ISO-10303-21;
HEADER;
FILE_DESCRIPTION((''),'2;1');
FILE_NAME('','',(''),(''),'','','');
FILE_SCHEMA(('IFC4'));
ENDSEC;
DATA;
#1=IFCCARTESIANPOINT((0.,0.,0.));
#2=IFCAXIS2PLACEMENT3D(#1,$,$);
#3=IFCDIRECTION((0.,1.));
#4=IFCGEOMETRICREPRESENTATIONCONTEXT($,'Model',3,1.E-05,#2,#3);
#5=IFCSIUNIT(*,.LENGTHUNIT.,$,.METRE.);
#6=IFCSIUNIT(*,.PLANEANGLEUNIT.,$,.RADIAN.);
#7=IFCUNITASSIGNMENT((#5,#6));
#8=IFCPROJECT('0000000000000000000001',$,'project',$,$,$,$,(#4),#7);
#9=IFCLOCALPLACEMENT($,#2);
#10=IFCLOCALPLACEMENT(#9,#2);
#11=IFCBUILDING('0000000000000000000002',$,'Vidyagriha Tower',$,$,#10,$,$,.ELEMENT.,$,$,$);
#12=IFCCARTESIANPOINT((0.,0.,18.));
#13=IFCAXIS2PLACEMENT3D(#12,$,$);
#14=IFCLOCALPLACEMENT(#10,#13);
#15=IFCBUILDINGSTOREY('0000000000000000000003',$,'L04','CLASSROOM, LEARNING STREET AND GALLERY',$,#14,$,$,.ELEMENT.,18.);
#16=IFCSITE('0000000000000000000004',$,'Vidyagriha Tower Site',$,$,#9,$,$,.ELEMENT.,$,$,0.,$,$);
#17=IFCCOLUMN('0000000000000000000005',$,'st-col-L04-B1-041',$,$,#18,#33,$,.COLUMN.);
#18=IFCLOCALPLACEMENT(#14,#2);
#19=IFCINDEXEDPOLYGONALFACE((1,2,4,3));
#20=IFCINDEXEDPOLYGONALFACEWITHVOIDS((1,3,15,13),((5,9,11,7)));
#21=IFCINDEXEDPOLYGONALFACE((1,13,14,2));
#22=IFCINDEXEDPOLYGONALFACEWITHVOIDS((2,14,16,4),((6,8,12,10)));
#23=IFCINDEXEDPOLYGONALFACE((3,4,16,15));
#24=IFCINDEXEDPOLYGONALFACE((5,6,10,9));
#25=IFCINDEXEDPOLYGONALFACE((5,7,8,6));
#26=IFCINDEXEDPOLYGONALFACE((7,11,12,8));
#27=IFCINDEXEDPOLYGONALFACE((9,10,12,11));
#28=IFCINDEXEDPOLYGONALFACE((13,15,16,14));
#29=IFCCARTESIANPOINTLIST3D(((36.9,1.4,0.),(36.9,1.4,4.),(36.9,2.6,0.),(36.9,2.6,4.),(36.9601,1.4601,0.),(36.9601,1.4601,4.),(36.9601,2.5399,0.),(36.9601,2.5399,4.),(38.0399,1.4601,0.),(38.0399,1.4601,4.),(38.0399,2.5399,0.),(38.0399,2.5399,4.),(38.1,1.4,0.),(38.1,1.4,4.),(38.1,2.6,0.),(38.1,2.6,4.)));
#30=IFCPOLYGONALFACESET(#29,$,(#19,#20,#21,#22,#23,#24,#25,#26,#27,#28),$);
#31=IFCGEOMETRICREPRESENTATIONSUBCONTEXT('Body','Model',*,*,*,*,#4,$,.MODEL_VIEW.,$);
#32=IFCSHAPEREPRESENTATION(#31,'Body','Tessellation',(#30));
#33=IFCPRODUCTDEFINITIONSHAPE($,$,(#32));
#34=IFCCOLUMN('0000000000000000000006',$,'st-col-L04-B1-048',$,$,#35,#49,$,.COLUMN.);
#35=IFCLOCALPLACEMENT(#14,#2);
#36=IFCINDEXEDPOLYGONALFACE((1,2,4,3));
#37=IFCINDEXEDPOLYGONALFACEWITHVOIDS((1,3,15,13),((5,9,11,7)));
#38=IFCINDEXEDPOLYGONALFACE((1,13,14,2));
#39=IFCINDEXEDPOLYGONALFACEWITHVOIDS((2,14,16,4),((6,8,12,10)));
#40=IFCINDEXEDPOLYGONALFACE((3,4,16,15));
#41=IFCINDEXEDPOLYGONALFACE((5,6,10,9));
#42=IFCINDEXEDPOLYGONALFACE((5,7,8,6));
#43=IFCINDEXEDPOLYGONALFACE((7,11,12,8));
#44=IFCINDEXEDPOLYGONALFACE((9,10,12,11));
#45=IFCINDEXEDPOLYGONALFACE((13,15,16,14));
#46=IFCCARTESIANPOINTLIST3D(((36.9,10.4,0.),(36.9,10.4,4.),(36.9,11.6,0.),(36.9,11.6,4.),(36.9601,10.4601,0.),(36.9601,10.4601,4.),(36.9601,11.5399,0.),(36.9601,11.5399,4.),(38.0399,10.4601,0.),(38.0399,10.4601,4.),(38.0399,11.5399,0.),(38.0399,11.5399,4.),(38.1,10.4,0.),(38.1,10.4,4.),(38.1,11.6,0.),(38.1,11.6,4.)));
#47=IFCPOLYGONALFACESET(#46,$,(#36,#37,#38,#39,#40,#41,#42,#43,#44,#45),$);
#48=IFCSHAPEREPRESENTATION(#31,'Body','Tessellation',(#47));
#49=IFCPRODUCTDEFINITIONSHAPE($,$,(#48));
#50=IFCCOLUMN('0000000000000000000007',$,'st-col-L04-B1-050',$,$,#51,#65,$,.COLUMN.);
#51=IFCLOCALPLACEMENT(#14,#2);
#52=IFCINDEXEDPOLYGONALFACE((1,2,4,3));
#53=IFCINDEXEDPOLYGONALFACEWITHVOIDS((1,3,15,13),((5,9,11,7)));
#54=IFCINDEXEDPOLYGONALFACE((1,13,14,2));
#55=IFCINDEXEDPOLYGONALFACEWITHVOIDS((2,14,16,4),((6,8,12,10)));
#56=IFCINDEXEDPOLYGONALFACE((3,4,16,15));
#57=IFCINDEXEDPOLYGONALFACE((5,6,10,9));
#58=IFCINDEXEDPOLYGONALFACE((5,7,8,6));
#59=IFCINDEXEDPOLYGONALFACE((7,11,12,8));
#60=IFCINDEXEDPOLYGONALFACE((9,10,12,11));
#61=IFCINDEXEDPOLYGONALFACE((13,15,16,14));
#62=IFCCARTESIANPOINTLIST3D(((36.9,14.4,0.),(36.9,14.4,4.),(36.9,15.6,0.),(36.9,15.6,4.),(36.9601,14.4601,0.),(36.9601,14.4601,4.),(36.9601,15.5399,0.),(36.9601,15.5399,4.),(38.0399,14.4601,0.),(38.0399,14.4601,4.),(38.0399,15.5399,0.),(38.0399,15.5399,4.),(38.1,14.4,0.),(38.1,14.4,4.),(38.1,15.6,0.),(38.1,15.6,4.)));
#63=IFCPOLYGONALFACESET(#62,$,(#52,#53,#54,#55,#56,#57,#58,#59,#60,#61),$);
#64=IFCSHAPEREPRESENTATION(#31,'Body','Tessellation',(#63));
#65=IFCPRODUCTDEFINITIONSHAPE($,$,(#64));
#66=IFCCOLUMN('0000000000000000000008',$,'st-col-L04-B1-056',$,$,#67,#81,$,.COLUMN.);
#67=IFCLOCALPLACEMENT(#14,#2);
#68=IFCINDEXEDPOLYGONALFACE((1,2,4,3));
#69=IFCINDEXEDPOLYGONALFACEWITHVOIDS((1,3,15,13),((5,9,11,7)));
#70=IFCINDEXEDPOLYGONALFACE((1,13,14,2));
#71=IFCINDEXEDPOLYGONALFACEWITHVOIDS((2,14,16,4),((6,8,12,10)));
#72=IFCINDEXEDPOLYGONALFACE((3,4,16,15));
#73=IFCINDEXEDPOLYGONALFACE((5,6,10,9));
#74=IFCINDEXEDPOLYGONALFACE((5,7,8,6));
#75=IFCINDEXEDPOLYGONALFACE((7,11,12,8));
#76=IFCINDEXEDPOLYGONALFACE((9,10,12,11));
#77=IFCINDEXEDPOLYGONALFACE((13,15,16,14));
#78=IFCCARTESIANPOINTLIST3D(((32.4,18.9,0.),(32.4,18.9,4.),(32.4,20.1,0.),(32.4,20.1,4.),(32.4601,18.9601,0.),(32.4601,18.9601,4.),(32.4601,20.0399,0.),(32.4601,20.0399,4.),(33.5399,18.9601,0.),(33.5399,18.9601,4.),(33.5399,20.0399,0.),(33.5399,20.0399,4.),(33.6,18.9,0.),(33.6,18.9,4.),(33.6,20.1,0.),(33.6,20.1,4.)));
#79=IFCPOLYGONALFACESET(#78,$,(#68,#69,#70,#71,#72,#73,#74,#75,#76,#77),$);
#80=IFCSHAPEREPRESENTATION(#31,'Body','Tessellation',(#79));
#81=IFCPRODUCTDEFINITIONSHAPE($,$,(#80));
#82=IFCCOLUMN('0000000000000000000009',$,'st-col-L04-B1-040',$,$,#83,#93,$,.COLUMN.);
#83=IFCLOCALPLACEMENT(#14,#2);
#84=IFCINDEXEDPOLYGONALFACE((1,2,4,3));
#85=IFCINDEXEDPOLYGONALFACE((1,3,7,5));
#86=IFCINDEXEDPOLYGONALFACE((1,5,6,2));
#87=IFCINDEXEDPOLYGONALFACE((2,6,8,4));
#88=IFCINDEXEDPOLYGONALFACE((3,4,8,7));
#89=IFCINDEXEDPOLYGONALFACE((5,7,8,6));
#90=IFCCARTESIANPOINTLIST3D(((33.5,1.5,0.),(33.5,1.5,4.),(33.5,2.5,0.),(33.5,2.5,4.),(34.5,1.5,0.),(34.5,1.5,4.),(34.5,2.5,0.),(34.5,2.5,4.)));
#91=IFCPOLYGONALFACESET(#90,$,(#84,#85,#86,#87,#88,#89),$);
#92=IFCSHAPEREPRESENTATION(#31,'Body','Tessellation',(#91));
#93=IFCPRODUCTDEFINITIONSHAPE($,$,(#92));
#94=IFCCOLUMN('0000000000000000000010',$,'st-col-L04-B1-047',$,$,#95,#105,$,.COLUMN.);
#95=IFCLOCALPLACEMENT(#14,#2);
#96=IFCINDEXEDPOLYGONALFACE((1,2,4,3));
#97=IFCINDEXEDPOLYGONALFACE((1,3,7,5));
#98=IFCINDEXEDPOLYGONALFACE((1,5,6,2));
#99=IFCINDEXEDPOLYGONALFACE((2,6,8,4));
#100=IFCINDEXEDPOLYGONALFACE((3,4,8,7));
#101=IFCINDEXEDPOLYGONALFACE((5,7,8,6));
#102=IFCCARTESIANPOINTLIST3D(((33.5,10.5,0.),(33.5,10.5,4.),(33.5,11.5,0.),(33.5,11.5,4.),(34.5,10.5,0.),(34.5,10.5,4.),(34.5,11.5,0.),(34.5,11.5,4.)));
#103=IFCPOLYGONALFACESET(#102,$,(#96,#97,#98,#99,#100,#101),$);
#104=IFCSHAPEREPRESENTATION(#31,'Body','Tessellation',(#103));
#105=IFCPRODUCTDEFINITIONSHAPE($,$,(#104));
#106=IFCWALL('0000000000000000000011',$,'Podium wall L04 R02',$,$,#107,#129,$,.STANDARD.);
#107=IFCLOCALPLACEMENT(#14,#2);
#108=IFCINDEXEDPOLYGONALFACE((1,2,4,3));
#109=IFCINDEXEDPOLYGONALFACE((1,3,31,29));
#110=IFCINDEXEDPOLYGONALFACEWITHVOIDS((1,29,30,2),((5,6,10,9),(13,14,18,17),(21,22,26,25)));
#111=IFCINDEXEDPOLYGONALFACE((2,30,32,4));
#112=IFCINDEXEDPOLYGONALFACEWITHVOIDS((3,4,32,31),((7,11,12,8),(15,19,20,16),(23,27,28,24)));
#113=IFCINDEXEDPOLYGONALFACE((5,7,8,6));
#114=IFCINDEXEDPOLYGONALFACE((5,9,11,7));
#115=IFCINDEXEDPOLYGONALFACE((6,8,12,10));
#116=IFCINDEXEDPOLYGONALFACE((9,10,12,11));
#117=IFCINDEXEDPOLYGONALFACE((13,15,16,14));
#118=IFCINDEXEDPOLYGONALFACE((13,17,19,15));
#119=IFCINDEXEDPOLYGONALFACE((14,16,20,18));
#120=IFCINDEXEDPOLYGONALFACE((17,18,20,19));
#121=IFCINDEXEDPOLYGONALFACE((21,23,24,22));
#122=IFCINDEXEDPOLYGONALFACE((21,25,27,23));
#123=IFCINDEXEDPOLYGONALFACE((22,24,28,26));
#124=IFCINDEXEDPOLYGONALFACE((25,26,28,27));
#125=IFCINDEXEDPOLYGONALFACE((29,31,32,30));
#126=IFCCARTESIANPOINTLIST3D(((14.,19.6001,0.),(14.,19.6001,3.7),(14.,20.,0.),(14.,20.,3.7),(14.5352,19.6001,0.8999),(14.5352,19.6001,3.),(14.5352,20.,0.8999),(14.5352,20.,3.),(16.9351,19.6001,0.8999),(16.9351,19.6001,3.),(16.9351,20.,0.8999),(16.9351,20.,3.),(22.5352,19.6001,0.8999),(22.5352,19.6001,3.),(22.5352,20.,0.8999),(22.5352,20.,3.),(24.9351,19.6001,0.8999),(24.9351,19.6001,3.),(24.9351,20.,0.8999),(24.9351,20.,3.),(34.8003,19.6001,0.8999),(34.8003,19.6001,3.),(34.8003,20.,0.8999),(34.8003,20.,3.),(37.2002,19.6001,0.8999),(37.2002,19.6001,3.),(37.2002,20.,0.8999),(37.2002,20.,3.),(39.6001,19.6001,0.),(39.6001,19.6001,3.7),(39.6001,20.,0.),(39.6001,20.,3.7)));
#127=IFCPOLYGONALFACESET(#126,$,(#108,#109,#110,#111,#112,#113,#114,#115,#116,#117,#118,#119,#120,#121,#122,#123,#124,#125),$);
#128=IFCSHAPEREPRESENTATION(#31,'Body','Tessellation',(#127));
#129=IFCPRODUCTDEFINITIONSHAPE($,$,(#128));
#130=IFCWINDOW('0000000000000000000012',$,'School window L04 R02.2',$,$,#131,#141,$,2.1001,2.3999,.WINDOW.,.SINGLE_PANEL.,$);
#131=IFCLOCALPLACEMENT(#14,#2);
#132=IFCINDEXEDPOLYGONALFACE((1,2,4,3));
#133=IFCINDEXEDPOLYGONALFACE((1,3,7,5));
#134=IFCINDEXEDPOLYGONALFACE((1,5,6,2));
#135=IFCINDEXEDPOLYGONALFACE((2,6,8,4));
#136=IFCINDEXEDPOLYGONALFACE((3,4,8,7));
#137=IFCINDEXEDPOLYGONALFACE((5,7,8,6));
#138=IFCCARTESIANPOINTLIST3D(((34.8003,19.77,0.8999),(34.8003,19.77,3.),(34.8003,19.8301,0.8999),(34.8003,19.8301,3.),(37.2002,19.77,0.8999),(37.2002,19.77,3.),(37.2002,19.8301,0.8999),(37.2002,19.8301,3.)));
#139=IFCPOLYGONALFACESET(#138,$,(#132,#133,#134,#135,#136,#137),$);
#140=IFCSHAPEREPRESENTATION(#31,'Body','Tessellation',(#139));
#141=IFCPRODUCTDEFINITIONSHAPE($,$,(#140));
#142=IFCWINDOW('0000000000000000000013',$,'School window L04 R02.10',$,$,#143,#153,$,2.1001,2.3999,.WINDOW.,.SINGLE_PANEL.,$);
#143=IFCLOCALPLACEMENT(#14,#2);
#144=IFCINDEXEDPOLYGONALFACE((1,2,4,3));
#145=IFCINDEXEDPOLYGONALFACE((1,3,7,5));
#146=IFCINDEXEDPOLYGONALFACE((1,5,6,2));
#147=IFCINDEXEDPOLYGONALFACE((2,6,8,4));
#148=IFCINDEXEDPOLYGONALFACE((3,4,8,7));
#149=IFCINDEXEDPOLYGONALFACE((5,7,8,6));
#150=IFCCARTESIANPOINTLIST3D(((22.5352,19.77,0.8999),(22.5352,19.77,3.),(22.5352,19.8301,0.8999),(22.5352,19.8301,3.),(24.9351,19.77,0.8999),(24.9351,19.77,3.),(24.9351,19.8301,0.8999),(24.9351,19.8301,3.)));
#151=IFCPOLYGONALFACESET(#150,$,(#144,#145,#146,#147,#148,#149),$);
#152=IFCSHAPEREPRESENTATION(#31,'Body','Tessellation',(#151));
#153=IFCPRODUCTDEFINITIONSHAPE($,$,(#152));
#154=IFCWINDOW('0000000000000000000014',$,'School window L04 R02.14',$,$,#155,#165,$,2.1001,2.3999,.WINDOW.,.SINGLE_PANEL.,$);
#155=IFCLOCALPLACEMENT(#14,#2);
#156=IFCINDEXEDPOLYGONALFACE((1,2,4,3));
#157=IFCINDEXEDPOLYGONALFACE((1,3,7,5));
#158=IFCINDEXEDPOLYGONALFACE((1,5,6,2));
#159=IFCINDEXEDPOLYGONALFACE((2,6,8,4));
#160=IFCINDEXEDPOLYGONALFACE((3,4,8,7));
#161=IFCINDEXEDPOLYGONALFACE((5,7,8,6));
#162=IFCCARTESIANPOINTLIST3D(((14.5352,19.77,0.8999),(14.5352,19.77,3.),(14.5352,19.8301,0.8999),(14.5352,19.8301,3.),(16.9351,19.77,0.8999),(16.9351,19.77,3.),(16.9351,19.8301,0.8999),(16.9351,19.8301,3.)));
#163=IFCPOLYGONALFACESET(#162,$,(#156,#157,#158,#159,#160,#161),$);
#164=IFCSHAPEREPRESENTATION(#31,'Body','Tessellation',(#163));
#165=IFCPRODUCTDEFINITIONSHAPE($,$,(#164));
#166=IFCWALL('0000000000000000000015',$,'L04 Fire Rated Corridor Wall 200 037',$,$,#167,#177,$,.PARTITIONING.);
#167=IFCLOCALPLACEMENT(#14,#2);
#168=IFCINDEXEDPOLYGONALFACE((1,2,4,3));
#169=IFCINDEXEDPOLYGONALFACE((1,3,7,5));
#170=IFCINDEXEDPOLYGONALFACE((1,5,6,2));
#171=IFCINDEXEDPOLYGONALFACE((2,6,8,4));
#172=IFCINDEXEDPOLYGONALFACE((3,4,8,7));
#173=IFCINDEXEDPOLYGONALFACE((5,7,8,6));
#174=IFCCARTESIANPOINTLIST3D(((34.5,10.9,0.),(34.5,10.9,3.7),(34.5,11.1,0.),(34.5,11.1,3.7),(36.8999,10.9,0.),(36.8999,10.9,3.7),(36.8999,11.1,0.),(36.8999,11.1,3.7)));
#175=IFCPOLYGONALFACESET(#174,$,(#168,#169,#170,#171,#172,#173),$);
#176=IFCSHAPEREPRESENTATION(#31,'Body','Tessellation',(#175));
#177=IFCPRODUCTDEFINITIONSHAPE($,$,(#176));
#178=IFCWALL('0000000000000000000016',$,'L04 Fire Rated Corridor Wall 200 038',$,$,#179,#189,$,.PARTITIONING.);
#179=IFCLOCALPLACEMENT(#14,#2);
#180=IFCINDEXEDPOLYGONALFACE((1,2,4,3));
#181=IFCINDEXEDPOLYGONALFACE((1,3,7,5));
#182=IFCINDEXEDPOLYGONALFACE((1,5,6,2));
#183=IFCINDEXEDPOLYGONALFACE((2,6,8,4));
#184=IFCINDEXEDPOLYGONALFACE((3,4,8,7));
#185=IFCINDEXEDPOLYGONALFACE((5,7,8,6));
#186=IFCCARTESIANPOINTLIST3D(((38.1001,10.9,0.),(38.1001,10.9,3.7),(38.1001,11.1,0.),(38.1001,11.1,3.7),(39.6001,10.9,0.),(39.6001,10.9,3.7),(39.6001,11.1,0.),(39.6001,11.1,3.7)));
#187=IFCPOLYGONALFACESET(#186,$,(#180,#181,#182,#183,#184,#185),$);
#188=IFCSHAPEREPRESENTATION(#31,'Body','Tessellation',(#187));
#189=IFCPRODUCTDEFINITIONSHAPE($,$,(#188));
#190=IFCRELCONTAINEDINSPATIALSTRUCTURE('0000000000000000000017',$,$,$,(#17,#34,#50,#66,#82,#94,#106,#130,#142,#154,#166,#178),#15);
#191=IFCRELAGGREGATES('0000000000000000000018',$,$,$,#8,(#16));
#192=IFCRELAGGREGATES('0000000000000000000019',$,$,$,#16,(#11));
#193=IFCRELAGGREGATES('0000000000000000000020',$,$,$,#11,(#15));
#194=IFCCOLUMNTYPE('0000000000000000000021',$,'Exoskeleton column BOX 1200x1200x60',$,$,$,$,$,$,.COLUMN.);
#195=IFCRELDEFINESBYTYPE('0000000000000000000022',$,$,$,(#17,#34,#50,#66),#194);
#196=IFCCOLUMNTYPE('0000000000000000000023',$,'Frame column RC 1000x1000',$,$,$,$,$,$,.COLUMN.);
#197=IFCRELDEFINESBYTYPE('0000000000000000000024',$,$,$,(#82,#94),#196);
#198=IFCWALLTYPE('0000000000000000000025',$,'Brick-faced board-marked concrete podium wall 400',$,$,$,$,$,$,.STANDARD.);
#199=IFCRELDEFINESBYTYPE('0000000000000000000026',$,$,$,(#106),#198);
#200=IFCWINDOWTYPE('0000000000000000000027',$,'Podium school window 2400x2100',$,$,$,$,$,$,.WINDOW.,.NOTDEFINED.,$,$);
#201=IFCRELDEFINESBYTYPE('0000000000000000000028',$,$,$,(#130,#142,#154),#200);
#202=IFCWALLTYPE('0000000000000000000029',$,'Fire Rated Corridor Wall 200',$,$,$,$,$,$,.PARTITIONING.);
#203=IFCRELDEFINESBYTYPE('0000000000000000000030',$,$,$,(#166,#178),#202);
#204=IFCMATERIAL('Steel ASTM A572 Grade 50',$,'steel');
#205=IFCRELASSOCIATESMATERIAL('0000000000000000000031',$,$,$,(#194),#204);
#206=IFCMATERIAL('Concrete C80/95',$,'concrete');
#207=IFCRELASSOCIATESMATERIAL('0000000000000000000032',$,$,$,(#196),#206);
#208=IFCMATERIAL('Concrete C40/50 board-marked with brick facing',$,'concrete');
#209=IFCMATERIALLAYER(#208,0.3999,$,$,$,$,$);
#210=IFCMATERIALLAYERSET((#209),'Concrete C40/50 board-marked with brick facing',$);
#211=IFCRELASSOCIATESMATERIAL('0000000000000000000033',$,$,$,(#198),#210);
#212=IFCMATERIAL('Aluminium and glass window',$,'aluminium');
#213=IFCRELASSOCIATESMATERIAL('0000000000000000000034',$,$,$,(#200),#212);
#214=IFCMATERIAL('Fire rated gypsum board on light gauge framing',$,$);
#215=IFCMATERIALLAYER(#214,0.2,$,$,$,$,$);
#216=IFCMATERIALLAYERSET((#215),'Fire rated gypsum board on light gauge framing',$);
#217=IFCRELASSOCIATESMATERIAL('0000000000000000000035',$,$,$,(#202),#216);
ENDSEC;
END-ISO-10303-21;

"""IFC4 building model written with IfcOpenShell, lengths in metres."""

from ifc_helpers import new_model, si_unit, direction, frame, frame_2d, origin, origin_2d, place, context, subcontext, project, spatial, rectangle, hollow_rectangle, extrude, material, layer, layer_set, material_profile, profile_set, type_object, element, fill, save


model = new_model("IFC4")

# Units and contexts
model_context = context("Model", 3, precision=1e-05, world=origin(), true_north=direction((0.0, 1.0)))
body_context = subcontext(model_context, "Body", "Model", "MODEL_VIEW")
ifc_project = project(units=[si_unit("LENGTHUNIT", "METRE"), si_unit("PLANEANGLEUNIT", "RADIAN")], contexts=[model_context])

# Site, building, storey
site_placement = place(None, origin())
site = spatial("IfcSite", under=ifc_project, at=site_placement, Name="Vidyagriha Tower Site", CompositionType="ELEMENT", RefElevation=0.0)
building_placement = place(site_placement, origin())
building = spatial("IfcBuilding", under=site, at=building_placement, Name="Vidyagriha Tower", CompositionType="ELEMENT")
storey_placement = place(building_placement, frame((0.0, 0.0, 18.0)))
storey = spatial("IfcBuildingStorey", under=building, at=storey_placement, Name="L04", Description="CLASSROOM, LEARNING STREET AND GALLERY", CompositionType="ELEMENT", Elevation=18.0)

# Columns
ifc_material_1 = material(Name="Steel ASTM A572 Grade 50", Category="steel")
ifc_material_profile_1 = material_profile(ifc_material_1, hollow_rectangle(XDim=1.2, YDim=1.2, WallThickness=0.0601, at=origin_2d()), Name="BOX 1200x1200x60")
ifc_profile_set_1 = profile_set([ifc_material_profile_1], Name="Steel ASTM A572 Grade 50")
column_type_1 = type_object("IfcColumnType", Name="Exoskeleton column BOX 1200x1200x60", PredefinedType="COLUMN", material=ifc_profile_set_1)
for number, where, name in (
    (1, (37.5, 2.0, 0.0), "st-col-L04-B1-041"),
    (2, (37.5, 11.0, 0.0), "st-col-L04-B1-048"),
    (3, (37.5, 15.0, 0.0), "st-col-L04-B1-050"),
    (4, (33.0, 19.5, 0.0), "st-col-L04-B1-056"),
):
    element("IfcColumn", number, at=place(storey_placement, frame(where)), inside=storey, type_object=column_type_1, Name=name, PredefinedType="COLUMN", context=body_context, shape_type="SweptSolid", body=[
        extrude(hollow_rectangle(XDim=1.2, YDim=1.2, WallThickness=0.0601, at=origin_2d()), origin(), (0.0, 0.0, 1.0), 4.0),
    ])
ifc_material_2 = material(Name="Concrete C80/95", Category="concrete")
ifc_material_profile_2 = material_profile(ifc_material_2, rectangle(XDim=1.0, YDim=1.0, at=origin_2d()), Name="RC 1000x1000")
ifc_profile_set_2 = profile_set([ifc_material_profile_2], Name="Concrete C80/95")
column_type_2 = type_object("IfcColumnType", Name="Frame column RC 1000x1000", PredefinedType="COLUMN", material=ifc_profile_set_2)
for number, where, name in (
    (5, (34.0, 2.0, 0.0), "st-col-L04-B1-040"),
    (6, (34.0, 11.0, 0.0), "st-col-L04-B1-047"),
):
    element("IfcColumn", number, at=place(storey_placement, frame(where)), inside=storey, type_object=column_type_2, Name=name, PredefinedType="COLUMN", context=body_context, shape_type="SweptSolid", body=[
        extrude(rectangle(XDim=1.0, YDim=1.0, at=origin_2d()), origin(), (0.0, 0.0, 1.0), 4.0),
    ])

# Wall, openings, windows
ifc_material_3 = material(Name="Concrete C40/50 board-marked with brick facing", Category="concrete")
ifc_layer_1 = layer(ifc_material_3, 0.3999)
ifc_layer_set_1 = layer_set([ifc_layer_1], Name="Concrete C40/50 board-marked with brick facing")
wall_type_1 = type_object("IfcWallType", Name="Brick-faced board-marked concrete podium wall 400", PredefinedType="STANDARD", material=ifc_layer_set_1)
wall_1_placement = place(storey_placement, frame((39.6001, 19.8, 0.0), z_axis=(0.0, 0.0, 1.0), x_axis=(-1.0, 0.0, 0.0)))
wall_1 = element("IfcWall", 7, at=wall_1_placement, inside=storey, type_object=wall_type_1, Name="Podium wall L04 R02", PredefinedType="STANDARD", context=body_context, shape_type="SweptSolid", body=[
    extrude(rectangle(XDim=25.6001, YDim=0.3999, at=frame_2d((12.8, 0.0))), origin(), (0.0, 0.0, 1.0), 3.7),
])
opening_1_placement = place(wall_1_placement, frame((2.3999, 0.0, 0.8999)))
opening_1 = element("IfcOpeningElement", 8, at=opening_1_placement, cuts=wall_1, PredefinedType="OPENING", context=body_context, shape_type="SweptSolid", body=[
    extrude(rectangle(XDim=2.3999, YDim=2.1001, at=frame_2d((1.2, 1.05))), frame((0.0, 0.21, 0.0), z_axis=(0.0, -1.0, 0.0), x_axis=(1.0, 0.0, 0.0)), (0.0, 0.0, 1.0), 0.4199),
])
opening_2_placement = place(wall_1_placement, frame((14.665, 0.0, 0.8999)))
opening_2 = element("IfcOpeningElement", 9, at=opening_2_placement, cuts=wall_1, PredefinedType="OPENING", context=body_context, shape_type="SweptSolid", body=[
    extrude(rectangle(XDim=2.3999, YDim=2.1001, at=frame_2d((1.2, 1.05))), frame((0.0, 0.21, 0.0), z_axis=(0.0, -1.0, 0.0), x_axis=(1.0, 0.0, 0.0)), (0.0, 0.0, 1.0), 0.4199),
])
opening_3_placement = place(wall_1_placement, frame((22.665, 0.0, 0.8999)))
opening_3 = element("IfcOpeningElement", 10, at=opening_3_placement, cuts=wall_1, PredefinedType="OPENING", context=body_context, shape_type="SweptSolid", body=[
    extrude(rectangle(XDim=2.3999, YDim=2.1001, at=frame_2d((1.2, 1.05))), frame((0.0, 0.21, 0.0), z_axis=(0.0, -1.0, 0.0), x_axis=(1.0, 0.0, 0.0)), (0.0, 0.0, 1.0), 0.4199),
])
ifc_material_4 = material(Name="Aluminium and glass window", Category="aluminium")
window_type = type_object("IfcWindowType", Name="Podium school window 2400x2100", PartitioningType="NOTDEFINED", PredefinedType="WINDOW", material=ifc_material_4)
window_1_placement = place(opening_1_placement, origin())
window_1 = element("IfcWindow", 11, at=window_1_placement, inside=storey, type_object=window_type, Name="School window L04 R02.2", OverallHeight=2.1001, OverallWidth=2.3999, PartitioningType="SINGLE_PANEL", PredefinedType="WINDOW", context=body_context, shape_type="SweptSolid", body=[
    extrude(rectangle(XDim=2.3999, YDim=2.1001, at=frame_2d((1.2, 1.05))), frame((0.0, 0.03, 0.0), z_axis=(0.0, -1.0, 0.0), x_axis=(1.0, 0.0, 0.0)), (0.0, 0.0, 1.0), 0.0601),
])
fill(opening_1, window_1)
window_2_placement = place(opening_2_placement, origin())
window_2 = element("IfcWindow", 12, at=window_2_placement, inside=storey, type_object=window_type, Name="School window L04 R02.10", OverallHeight=2.1001, OverallWidth=2.3999, PartitioningType="SINGLE_PANEL", PredefinedType="WINDOW", context=body_context, shape_type="SweptSolid", body=[
    extrude(rectangle(XDim=2.3999, YDim=2.1001, at=frame_2d((1.2, 1.05))), frame((0.0, 0.03, 0.0), z_axis=(0.0, -1.0, 0.0), x_axis=(1.0, 0.0, 0.0)), (0.0, 0.0, 1.0), 0.0601),
])
fill(opening_2, window_2)
window_3_placement = place(opening_3_placement, origin())
window_3 = element("IfcWindow", 13, at=window_3_placement, inside=storey, type_object=window_type, Name="School window L04 R02.14", OverallHeight=2.1001, OverallWidth=2.3999, PartitioningType="SINGLE_PANEL", PredefinedType="WINDOW", context=body_context, shape_type="SweptSolid", body=[
    extrude(rectangle(XDim=2.3999, YDim=2.1001, at=frame_2d((1.2, 1.05))), frame((0.0, 0.03, 0.0), z_axis=(0.0, -1.0, 0.0), x_axis=(1.0, 0.0, 0.0)), (0.0, 0.0, 1.0), 0.0601),
])
fill(opening_3, window_3)

# Walls
ifc_material_5 = material(Name="Fire rated gypsum board on light gauge framing")
ifc_layer_2 = layer(ifc_material_5, 0.2)
ifc_layer_set_2 = layer_set([ifc_layer_2], Name="Fire rated gypsum board on light gauge framing")
wall_type_2 = type_object("IfcWallType", Name="Fire Rated Corridor Wall 200", PredefinedType="PARTITIONING", material=ifc_layer_set_2)
wall_2_placement = place(storey_placement, frame((34.5, 11.0, 0.0)))
element("IfcWall", 14, at=wall_2_placement, inside=storey, type_object=wall_type_2, Name="L04 Fire Rated Corridor Wall 200 037", PredefinedType="PARTITIONING", context=body_context, shape_type="SweptSolid", body=[
    extrude(rectangle(XDim=2.3999, YDim=0.2, at=frame_2d((1.2, 0.0))), origin(), (0.0, 0.0, 1.0), 3.7),
])
wall_3_placement = place(storey_placement, frame((38.1001, 11.0, 0.0)))
element("IfcWall", 15, at=wall_3_placement, inside=storey, type_object=wall_type_2, Name="L04 Fire Rated Corridor Wall 200 038", PredefinedType="PARTITIONING", context=body_context, shape_type="SweptSolid", body=[
    extrude(rectangle(XDim=1.5, YDim=0.2, at=frame_2d((0.75, 0.0))), origin(), (0.0, 0.0, 1.0), 3.7),
])

save(model, "model.ifc")
